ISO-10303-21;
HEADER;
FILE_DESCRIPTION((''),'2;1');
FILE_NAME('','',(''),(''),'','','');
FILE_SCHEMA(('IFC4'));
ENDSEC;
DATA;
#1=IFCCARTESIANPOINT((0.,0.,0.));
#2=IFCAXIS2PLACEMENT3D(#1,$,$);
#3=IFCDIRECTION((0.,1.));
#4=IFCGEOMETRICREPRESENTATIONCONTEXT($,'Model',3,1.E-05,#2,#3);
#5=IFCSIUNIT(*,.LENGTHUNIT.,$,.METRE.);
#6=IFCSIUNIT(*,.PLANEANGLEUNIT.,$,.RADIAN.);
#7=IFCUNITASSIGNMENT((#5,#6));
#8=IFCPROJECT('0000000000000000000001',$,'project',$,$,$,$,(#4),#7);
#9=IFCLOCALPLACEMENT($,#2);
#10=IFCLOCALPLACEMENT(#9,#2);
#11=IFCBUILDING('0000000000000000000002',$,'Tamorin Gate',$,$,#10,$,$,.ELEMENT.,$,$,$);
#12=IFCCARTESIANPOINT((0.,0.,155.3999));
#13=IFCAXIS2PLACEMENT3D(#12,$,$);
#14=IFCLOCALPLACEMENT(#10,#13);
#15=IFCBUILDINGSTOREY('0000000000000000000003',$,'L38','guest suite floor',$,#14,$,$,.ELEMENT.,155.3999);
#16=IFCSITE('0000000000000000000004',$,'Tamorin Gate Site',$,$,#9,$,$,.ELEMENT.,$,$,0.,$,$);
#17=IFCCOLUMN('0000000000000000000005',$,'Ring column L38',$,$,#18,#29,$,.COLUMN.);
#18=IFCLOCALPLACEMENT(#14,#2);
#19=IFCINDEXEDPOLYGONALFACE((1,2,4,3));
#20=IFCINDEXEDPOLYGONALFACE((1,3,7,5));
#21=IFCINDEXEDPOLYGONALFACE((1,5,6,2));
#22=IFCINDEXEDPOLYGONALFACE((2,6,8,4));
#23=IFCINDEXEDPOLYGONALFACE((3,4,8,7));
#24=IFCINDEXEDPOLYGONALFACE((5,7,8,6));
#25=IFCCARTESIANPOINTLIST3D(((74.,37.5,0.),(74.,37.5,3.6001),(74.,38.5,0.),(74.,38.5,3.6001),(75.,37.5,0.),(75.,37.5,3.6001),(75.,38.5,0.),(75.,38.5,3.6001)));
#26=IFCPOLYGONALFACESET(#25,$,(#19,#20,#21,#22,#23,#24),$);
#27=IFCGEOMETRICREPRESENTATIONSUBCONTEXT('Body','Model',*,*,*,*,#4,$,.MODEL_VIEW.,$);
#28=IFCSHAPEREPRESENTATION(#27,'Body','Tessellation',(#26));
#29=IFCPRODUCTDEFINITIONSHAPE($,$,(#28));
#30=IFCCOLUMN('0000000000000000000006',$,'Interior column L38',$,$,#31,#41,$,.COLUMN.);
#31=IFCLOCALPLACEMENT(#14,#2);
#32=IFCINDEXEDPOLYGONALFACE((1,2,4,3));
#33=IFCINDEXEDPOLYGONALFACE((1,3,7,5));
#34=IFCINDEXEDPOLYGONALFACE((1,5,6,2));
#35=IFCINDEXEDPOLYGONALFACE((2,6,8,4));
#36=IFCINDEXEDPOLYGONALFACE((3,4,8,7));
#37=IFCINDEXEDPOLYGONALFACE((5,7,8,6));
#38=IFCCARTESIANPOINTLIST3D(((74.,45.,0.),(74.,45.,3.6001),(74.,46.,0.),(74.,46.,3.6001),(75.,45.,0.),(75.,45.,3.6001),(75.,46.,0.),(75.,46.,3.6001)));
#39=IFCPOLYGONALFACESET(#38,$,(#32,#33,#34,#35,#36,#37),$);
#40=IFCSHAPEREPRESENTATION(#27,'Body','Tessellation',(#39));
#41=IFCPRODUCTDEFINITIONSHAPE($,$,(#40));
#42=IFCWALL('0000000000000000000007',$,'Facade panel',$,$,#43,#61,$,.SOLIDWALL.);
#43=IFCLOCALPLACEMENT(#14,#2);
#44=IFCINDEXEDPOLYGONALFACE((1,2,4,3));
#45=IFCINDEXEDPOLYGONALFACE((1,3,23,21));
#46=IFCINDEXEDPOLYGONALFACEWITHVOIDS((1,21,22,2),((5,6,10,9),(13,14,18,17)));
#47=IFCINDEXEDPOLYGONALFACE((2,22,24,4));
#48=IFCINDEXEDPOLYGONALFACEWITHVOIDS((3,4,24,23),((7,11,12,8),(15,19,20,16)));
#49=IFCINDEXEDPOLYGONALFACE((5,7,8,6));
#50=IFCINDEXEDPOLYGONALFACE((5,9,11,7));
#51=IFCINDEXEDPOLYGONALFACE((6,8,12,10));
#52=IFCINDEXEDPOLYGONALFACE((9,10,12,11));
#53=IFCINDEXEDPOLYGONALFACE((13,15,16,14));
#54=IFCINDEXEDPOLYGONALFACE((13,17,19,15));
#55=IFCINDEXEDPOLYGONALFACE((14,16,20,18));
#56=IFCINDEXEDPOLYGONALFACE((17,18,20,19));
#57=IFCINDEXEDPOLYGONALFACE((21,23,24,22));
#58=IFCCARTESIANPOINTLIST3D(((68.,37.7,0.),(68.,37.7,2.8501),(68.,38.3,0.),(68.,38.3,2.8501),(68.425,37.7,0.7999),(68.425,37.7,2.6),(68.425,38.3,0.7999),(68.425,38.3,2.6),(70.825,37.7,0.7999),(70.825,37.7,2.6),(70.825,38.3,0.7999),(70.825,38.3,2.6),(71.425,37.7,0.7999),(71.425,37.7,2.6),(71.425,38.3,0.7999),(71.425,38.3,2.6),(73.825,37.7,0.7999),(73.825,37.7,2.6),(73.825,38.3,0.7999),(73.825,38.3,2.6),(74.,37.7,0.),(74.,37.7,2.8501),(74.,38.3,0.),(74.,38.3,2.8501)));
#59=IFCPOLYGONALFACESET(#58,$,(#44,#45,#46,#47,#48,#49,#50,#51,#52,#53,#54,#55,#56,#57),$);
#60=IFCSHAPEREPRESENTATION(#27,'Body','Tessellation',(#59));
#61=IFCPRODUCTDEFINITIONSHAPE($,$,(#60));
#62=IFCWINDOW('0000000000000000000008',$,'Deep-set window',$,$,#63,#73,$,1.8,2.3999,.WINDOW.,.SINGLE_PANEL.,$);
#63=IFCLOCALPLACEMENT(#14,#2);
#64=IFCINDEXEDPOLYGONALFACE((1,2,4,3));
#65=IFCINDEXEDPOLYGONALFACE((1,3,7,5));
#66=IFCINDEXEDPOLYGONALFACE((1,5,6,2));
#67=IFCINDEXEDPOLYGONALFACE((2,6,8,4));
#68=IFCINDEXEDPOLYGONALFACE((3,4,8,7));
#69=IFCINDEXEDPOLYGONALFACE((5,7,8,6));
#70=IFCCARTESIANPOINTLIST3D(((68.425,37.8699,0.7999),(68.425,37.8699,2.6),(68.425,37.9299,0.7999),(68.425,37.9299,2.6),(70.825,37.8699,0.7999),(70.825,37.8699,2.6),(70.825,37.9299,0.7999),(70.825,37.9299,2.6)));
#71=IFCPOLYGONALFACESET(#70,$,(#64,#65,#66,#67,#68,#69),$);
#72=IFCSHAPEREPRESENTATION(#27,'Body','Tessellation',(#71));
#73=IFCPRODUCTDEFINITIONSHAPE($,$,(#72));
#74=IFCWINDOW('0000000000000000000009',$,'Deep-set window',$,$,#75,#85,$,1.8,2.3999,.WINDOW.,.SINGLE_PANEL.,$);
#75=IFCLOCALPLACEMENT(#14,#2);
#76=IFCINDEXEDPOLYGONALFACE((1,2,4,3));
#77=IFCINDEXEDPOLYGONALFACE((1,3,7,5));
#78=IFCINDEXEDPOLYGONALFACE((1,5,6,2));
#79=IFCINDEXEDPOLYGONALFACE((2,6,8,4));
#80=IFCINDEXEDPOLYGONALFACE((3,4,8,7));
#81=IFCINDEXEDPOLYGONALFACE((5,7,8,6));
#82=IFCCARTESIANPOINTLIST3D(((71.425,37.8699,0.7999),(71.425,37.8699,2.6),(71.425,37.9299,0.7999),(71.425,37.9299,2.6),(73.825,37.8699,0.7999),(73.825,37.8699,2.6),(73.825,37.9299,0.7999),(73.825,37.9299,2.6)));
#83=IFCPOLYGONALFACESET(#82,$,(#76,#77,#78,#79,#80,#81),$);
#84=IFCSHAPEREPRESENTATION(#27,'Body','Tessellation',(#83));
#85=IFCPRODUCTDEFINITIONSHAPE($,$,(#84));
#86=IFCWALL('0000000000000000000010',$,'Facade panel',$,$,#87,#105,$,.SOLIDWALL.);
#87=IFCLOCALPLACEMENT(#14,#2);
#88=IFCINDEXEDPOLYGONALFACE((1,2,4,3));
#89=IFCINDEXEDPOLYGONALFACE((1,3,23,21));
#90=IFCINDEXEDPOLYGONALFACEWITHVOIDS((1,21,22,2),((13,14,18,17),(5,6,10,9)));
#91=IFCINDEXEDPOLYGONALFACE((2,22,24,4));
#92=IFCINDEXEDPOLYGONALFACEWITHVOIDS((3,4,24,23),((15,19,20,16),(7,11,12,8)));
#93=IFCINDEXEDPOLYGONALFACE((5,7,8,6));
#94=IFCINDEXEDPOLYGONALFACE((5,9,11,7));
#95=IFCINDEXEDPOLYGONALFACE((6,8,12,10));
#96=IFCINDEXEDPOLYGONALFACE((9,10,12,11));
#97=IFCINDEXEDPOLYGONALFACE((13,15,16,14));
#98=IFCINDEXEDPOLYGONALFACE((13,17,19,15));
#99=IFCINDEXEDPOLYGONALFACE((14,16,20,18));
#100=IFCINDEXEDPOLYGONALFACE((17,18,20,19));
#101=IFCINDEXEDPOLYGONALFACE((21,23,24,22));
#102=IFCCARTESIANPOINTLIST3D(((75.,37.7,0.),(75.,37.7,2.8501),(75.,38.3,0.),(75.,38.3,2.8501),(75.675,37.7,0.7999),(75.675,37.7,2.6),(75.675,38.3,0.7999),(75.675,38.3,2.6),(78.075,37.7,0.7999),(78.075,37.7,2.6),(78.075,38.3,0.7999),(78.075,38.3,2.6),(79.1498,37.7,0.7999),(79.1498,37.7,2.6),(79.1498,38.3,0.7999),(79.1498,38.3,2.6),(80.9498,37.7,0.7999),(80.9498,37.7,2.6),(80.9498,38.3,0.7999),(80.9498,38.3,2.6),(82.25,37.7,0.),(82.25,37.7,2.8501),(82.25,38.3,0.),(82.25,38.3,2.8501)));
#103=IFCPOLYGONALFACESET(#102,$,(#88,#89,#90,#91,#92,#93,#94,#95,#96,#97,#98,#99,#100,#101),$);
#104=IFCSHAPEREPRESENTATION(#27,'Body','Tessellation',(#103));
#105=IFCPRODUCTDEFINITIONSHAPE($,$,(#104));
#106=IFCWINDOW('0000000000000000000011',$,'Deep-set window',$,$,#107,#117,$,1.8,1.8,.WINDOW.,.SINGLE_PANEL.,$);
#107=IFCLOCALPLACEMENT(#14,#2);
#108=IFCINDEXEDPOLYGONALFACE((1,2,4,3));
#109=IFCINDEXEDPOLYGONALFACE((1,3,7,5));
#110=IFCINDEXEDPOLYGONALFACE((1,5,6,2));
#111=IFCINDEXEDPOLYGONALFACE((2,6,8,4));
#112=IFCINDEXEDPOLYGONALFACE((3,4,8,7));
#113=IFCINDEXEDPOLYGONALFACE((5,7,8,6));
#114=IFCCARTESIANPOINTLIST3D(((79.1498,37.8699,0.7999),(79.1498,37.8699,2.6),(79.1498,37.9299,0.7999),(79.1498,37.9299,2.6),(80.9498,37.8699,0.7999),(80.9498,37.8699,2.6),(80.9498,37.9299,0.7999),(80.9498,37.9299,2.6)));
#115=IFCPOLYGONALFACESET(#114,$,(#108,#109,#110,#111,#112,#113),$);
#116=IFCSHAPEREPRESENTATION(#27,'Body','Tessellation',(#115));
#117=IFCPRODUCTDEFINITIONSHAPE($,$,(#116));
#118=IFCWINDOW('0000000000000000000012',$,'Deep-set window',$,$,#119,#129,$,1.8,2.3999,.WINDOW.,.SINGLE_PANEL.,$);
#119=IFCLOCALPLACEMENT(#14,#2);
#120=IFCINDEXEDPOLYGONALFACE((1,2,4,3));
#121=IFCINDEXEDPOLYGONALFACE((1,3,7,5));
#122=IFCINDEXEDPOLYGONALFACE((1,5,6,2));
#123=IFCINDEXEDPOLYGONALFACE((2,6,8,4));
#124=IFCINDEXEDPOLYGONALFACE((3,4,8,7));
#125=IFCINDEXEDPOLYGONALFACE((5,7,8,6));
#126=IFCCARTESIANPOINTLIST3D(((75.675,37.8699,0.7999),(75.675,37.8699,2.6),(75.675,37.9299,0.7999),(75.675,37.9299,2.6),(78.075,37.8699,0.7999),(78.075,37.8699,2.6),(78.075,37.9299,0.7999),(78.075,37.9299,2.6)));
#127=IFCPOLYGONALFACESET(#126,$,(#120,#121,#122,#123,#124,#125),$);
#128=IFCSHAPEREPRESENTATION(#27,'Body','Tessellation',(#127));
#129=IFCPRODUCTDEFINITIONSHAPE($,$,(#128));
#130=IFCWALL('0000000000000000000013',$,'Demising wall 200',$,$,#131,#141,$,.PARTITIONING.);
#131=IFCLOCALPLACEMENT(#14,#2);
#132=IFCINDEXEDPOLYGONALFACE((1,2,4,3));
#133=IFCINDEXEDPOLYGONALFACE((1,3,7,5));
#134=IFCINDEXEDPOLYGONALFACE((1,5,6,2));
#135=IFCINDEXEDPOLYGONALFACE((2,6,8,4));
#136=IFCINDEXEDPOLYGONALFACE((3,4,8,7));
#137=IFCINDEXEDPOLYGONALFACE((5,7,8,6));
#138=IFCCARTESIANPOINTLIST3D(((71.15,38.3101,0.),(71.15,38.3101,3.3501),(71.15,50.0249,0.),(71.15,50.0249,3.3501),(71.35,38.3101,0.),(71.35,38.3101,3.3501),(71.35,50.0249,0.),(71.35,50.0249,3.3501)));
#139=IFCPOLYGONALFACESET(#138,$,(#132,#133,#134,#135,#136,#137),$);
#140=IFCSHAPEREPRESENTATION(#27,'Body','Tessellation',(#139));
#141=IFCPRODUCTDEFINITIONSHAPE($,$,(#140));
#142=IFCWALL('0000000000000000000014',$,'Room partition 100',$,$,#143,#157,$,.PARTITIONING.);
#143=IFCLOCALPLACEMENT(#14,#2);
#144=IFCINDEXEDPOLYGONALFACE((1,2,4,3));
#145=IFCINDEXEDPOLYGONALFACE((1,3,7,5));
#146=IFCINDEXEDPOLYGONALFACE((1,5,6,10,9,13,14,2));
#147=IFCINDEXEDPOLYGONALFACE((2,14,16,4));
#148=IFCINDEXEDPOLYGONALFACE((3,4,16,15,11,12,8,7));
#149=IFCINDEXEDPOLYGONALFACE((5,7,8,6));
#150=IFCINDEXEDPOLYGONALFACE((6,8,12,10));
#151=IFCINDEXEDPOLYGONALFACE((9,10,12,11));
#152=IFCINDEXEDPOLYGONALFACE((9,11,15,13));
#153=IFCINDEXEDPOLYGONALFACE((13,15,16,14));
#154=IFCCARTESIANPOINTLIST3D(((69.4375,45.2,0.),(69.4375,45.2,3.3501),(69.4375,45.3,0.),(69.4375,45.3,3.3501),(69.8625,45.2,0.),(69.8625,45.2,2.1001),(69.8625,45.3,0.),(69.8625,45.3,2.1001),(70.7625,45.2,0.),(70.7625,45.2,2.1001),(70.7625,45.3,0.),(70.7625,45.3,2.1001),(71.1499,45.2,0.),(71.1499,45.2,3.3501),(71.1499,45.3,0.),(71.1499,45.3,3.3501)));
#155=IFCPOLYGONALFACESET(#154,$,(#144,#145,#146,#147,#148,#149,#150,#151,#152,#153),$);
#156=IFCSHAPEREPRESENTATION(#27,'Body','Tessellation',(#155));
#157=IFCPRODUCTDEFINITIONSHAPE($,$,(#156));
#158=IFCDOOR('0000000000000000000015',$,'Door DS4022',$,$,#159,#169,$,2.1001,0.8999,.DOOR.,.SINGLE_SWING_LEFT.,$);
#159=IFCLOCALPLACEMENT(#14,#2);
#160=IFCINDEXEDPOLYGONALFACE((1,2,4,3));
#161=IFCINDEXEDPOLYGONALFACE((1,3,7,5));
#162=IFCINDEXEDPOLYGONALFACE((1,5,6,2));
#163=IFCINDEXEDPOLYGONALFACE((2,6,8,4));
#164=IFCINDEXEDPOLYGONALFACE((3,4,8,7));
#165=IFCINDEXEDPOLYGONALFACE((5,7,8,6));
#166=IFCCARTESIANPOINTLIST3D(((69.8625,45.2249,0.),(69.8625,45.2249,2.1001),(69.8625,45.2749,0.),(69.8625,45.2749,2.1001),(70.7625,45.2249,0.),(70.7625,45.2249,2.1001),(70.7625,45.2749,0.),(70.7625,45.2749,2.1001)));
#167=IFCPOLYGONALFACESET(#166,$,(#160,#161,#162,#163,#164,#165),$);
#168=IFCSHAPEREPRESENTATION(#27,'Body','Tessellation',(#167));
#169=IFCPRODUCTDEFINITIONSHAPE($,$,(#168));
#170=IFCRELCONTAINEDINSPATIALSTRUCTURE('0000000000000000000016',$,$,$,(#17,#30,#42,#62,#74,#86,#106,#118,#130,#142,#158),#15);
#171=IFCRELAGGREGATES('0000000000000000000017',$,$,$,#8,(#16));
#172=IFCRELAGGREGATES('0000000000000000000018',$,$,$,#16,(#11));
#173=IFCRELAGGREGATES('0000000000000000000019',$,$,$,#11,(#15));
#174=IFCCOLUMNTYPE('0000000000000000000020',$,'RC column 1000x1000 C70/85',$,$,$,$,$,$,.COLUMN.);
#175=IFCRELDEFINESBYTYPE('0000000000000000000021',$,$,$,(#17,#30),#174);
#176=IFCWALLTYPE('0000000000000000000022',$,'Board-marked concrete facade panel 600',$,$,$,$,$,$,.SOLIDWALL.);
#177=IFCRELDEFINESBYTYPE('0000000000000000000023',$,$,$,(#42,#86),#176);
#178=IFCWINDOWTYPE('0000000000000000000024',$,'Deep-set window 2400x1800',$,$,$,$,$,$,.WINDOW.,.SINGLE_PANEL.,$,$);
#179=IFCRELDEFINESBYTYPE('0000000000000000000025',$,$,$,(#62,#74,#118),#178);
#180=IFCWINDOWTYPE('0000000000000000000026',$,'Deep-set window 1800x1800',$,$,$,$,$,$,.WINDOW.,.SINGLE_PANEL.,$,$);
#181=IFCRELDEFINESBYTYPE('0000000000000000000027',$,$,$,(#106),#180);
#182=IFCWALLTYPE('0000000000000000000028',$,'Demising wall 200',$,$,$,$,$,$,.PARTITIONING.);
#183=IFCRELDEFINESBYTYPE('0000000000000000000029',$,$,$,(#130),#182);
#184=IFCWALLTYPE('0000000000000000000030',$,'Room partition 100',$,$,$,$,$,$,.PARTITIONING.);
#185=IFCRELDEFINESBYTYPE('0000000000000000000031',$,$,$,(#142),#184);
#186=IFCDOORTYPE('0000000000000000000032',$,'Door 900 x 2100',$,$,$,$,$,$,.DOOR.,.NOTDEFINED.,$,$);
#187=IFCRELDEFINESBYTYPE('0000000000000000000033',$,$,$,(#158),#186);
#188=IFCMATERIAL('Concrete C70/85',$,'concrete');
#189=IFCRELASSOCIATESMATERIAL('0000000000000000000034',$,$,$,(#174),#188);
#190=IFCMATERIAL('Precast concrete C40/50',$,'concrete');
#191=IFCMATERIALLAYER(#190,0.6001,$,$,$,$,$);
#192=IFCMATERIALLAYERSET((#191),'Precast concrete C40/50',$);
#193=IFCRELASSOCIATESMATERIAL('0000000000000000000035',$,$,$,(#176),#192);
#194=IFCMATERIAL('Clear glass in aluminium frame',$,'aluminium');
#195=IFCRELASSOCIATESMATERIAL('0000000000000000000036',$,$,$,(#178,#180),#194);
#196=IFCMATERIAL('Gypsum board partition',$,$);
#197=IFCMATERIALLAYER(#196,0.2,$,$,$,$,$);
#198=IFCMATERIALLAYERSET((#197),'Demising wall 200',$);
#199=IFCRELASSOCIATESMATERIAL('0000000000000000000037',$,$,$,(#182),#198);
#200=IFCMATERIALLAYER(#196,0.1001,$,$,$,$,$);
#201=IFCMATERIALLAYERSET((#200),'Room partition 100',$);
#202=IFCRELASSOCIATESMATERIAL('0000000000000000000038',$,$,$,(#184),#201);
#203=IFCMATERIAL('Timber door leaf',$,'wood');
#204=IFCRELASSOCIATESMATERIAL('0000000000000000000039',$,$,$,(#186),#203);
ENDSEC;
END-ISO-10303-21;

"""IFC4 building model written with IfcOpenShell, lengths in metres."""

from ifc_helpers import new_model, si_unit, direction, frame, frame_2d, origin, origin_2d, place, context, subcontext, project, spatial, rectangle, extrude, material, layer, layer_set, material_profile, profile_set, type_object, element, fill, save


model = new_model("IFC4")

# Units and contexts
model_context = context("Model", 3, precision=1e-05, world=origin(), true_north=direction((0.0, 1.0)))
body_context = subcontext(model_context, "Body", "Model", "MODEL_VIEW")
ifc_project = project(units=[si_unit("LENGTHUNIT", "METRE"), si_unit("PLANEANGLEUNIT", "RADIAN")], contexts=[model_context])

# Site, building, storey
site_placement = place(None, origin())
site = spatial("IfcSite", under=ifc_project, at=site_placement, Name="Tamorin Gate Site", CompositionType="ELEMENT", RefElevation=0.0)
building_placement = place(site_placement, origin())
building = spatial("IfcBuilding", under=site, at=building_placement, Name="Tamorin Gate", CompositionType="ELEMENT")
storey_placement = place(building_placement, frame((0.0, 0.0, 155.3999)))
storey = spatial("IfcBuildingStorey", under=building, at=storey_placement, Name="L38", Description="guest suite floor", CompositionType="ELEMENT", Elevation=155.3999)

# Columns
ifc_material_1 = material(Name="Concrete C70/85", Category="concrete")
ifc_material_profile = material_profile(ifc_material_1, rectangle(XDim=1.0, YDim=1.0, at=origin_2d()), Name="RC 1000x1000")
ifc_profile_set = profile_set([ifc_material_profile], Name="Concrete C70/85")
column_type = type_object("IfcColumnType", Name="RC column 1000x1000 C70/85", PredefinedType="COLUMN", material=ifc_profile_set)
for number, where, z_axis, x_axis, name in (
    (1, (74.5, 38.0, 0.0), (0.0, 0.0, 1.0), (1.0, 0.0, 0.0), "Ring column L38"),
    (2, (74.5, 45.5, 0.0), (0.0, 0.0, 1.0), (1.0, 0.0, 0.0), "Interior column L38"),
):
    element("IfcColumn", number, at=place(storey_placement, frame(where, z_axis=z_axis, x_axis=x_axis)), inside=storey, type_object=column_type, Name=name, PredefinedType="COLUMN", context=body_context, shape_type="SweptSolid", body=[
        extrude(rectangle(XDim=1.0, YDim=1.0, at=origin_2d()), origin(), (0.0, 0.0, 1.0), 3.6001),
    ])

# Walls, openings, windows
ifc_material_2 = material(Name="Precast concrete C40/50", Category="concrete")
ifc_layer_1 = layer(ifc_material_2, 0.6001)
ifc_layer_set_1 = layer_set([ifc_layer_1], Name="Precast concrete C40/50")
wall_type_1 = type_object("IfcWallType", Name="Board-marked concrete facade panel 600", PredefinedType="SOLIDWALL", material=ifc_layer_set_1)
wall_1_placement = place(storey_placement, frame((68.0, 38.0, 0.0), z_axis=(0.0, 0.0, 1.0), x_axis=(1.0, 0.0, 0.0)))
wall_1 = element("IfcWall", 3, at=wall_1_placement, inside=storey, type_object=wall_type_1, Name="Facade panel", PredefinedType="SOLIDWALL", context=body_context, shape_type="SweptSolid", body=[
    extrude(rectangle(XDim=6.0, YDim=0.6001, at=frame_2d((3.0, 0.0))), origin(), (0.0, 0.0, 1.0), 2.8501),
])
opening_1_placement = place(wall_1_placement, frame((0.425, 0.0, 0.8)))
opening_1 = element("IfcOpeningElement", 4, at=opening_1_placement, cuts=wall_1, PredefinedType="OPENING", context=body_context, shape_type="SweptSolid", body=[
    extrude(rectangle(XDim=2.3999, YDim=1.8, at=frame_2d((1.2, 0.8999))), frame((0.0, 0.3101, 0.0), z_axis=(0.0, -1.0, 0.0), x_axis=(1.0, 0.0, 0.0)), (0.0, 0.0, 1.0), 0.6201),
])
opening_2_placement = place(wall_1_placement, frame((3.425, 0.0, 0.8)))
opening_2 = element("IfcOpeningElement", 5, at=opening_2_placement, cuts=wall_1, PredefinedType="OPENING", context=body_context, shape_type="SweptSolid", body=[
    extrude(rectangle(XDim=2.3999, YDim=1.8, at=frame_2d((1.2, 0.8999))), frame((0.0, 0.3101, 0.0), z_axis=(0.0, -1.0, 0.0), x_axis=(1.0, 0.0, 0.0)), (0.0, 0.0, 1.0), 0.6201),
])
ifc_material_3 = material(Name="Clear glass in aluminium frame", Category="aluminium")
window_type_1 = type_object("IfcWindowType", Name="Deep-set window 2400x1800", PartitioningType="SINGLE_PANEL", PredefinedType="WINDOW", material=ifc_material_3)
window_1_placement = place(opening_1_placement, origin())
window_1 = element("IfcWindow", 6, at=window_1_placement, inside=storey, type_object=window_type_1, Name="Deep-set window", OverallHeight=1.8, OverallWidth=2.3999, PartitioningType="SINGLE_PANEL", PredefinedType="WINDOW", context=body_context, shape_type="SweptSolid", body=[
    extrude(rectangle(XDim=2.3999, YDim=1.8, at=frame_2d((1.2, 0.8999))), frame((0.0, -0.0701, 0.0), z_axis=(0.0, -1.0, 0.0), x_axis=(1.0, 0.0, 0.0)), (0.0, 0.0, 1.0), 0.0601),
])
fill(opening_1, window_1)
window_2_placement = place(opening_2_placement, origin())
window_2 = element("IfcWindow", 7, at=window_2_placement, inside=storey, type_object=window_type_1, Name="Deep-set window", OverallHeight=1.8, OverallWidth=2.3999, PartitioningType="SINGLE_PANEL", PredefinedType="WINDOW", context=body_context, shape_type="SweptSolid", body=[
    extrude(rectangle(XDim=2.3999, YDim=1.8, at=frame_2d((1.2, 0.8999))), frame((0.0, -0.0701, 0.0), z_axis=(0.0, -1.0, 0.0), x_axis=(1.0, 0.0, 0.0)), (0.0, 0.0, 1.0), 0.0601),
])
fill(opening_2, window_2)
wall_2_placement = place(storey_placement, frame((75.0, 38.0, 0.0), z_axis=(0.0, 0.0, 1.0), x_axis=(1.0, 0.0, 0.0)))
wall_2 = element("IfcWall", 8, at=wall_2_placement, inside=storey, type_object=wall_type_1, Name="Facade panel", PredefinedType="SOLIDWALL", context=body_context, shape_type="SweptSolid", body=[
    extrude(rectangle(XDim=7.25, YDim=0.6001, at=frame_2d((3.625, 0.0))), origin(), (0.0, 0.0, 1.0), 2.8501),
])
opening_3_placement = place(wall_2_placement, frame((0.675, 0.0, 0.8)))
opening_3 = element("IfcOpeningElement", 9, at=opening_3_placement, cuts=wall_2, PredefinedType="OPENING", context=body_context, shape_type="SweptSolid", body=[
    extrude(rectangle(XDim=2.3999, YDim=1.8, at=frame_2d((1.2, 0.8999))), frame((0.0, 0.3101, 0.0), z_axis=(0.0, -1.0, 0.0), x_axis=(1.0, 0.0, 0.0)), (0.0, 0.0, 1.0), 0.6201),
])
opening_4_placement = place(wall_2_placement, frame((4.1499, 0.0, 0.8)))
opening_4 = element("IfcOpeningElement", 10, at=opening_4_placement, cuts=wall_2, PredefinedType="OPENING", context=body_context, shape_type="SweptSolid", body=[
    extrude(rectangle(XDim=1.8, YDim=1.8, at=frame_2d((0.8999, 0.8999))), frame((0.0, 0.3101, 0.0), z_axis=(0.0, -1.0, 0.0), x_axis=(1.0, 0.0, 0.0)), (0.0, 0.0, 1.0), 0.6201),
])
window_type_2 = type_object("IfcWindowType", Name="Deep-set window 1800x1800", PartitioningType="SINGLE_PANEL", PredefinedType="WINDOW", material=ifc_material_3)
window_3_placement = place(opening_4_placement, origin())
window_3 = element("IfcWindow", 11, at=window_3_placement, inside=storey, type_object=window_type_2, Name="Deep-set window", OverallHeight=1.8, OverallWidth=1.8, PartitioningType="SINGLE_PANEL", PredefinedType="WINDOW", context=body_context, shape_type="SweptSolid", body=[
    extrude(rectangle(XDim=1.8, YDim=1.8, at=frame_2d((0.8999, 0.8999))), frame((0.0, -0.0701, 0.0), z_axis=(0.0, -1.0, 0.0), x_axis=(1.0, 0.0, 0.0)), (0.0, 0.0, 1.0), 0.0601),
])
fill(opening_4, window_3)
window_4_placement = place(opening_3_placement, origin())
window_4 = element("IfcWindow", 12, at=window_4_placement, inside=storey, type_object=window_type_1, Name="Deep-set window", OverallHeight=1.8, OverallWidth=2.3999, PartitioningType="SINGLE_PANEL", PredefinedType="WINDOW", context=body_context, shape_type="SweptSolid", body=[
    extrude(rectangle(XDim=2.3999, YDim=1.8, at=frame_2d((1.2, 0.8999))), frame((0.0, -0.0701, 0.0), z_axis=(0.0, -1.0, 0.0), x_axis=(1.0, 0.0, 0.0)), (0.0, 0.0, 1.0), 0.0601),
])
fill(opening_3, window_4)

# Wall
ifc_material_4 = material(Name="Gypsum board partition")
ifc_layer_2 = layer(ifc_material_4, 0.2)
ifc_layer_set_2 = layer_set([ifc_layer_2], Name="Demising wall 200")
wall_type_2 = type_object("IfcWallType", Name="Demising wall 200", PredefinedType="PARTITIONING", material=ifc_layer_set_2)
wall_3_placement = place(storey_placement, frame((71.25, 38.3101, 0.0), z_axis=(0.0, 0.0, 1.0), x_axis=(0.0, 1.0, 0.0)))
element("IfcWall", 13, at=wall_3_placement, inside=storey, type_object=wall_type_2, Name="Demising wall 200", PredefinedType="PARTITIONING", context=body_context, shape_type="SweptSolid", body=[
    extrude(rectangle(XDim=11.7148, YDim=0.2, at=frame_2d((5.8574, 0.0))), origin(), (0.0, 0.0, 1.0), 3.3501),
])

# Wall, opening, door
ifc_layer_3 = layer(ifc_material_4, 0.1001)
ifc_layer_set_3 = layer_set([ifc_layer_3], Name="Room partition 100")
wall_type_3 = type_object("IfcWallType", Name="Room partition 100", PredefinedType="PARTITIONING", material=ifc_layer_set_3)
wall_4_placement = place(storey_placement, frame((69.4375, 45.25, 0.0), z_axis=(0.0, 0.0, 1.0), x_axis=(1.0, 0.0, 0.0)))
wall_4 = element("IfcWall", 14, at=wall_4_placement, inside=storey, type_object=wall_type_3, Name="Room partition 100", PredefinedType="PARTITIONING", context=body_context, shape_type="SweptSolid", body=[
    extrude(rectangle(XDim=1.7124, YDim=0.1001, at=frame_2d((0.8562, 0.0))), origin(), (0.0, 0.0, 1.0), 3.3501),
])
opening_5_placement = place(wall_4_placement, frame((0.425, 0.0, 0.0)))
opening_5 = element("IfcOpeningElement", 15, at=opening_5_placement, cuts=wall_4, PredefinedType="OPENING", context=body_context, shape_type="SweptSolid", body=[
    extrude(rectangle(XDim=0.8999, YDim=2.1001, at=frame_2d((0.45, 1.05))), frame((0.0, 0.0601, 0.0), z_axis=(0.0, -1.0, 0.0), x_axis=(1.0, 0.0, 0.0)), (0.0, 0.0, 1.0), 0.1201),
])
ifc_material_5 = material(Name="Timber door leaf", Category="wood")
door_type = type_object("IfcDoorType", Name="Door 900 x 2100", OperationType="NOTDEFINED", PredefinedType="DOOR", material=ifc_material_5)
door_1_placement = place(opening_5_placement, origin())
door_1 = element("IfcDoor", 16, at=door_1_placement, inside=storey, type_object=door_type, Name="Door DS4022", OperationType="SINGLE_SWING_LEFT", OverallHeight=2.1001, OverallWidth=0.8999, PredefinedType="DOOR", context=body_context, shape_type="SweptSolid", body=[
    extrude(rectangle(XDim=0.8999, YDim=2.1001, at=frame_2d((0.45, 1.05))), frame((0.0, 0.0249, 0.0), z_axis=(0.0, -1.0, 0.0), x_axis=(1.0, 0.0, 0.0)), (0.0, 0.0, 1.0), 0.05),
])
fill(opening_5, door_1)

save(model, "model.ifc")
